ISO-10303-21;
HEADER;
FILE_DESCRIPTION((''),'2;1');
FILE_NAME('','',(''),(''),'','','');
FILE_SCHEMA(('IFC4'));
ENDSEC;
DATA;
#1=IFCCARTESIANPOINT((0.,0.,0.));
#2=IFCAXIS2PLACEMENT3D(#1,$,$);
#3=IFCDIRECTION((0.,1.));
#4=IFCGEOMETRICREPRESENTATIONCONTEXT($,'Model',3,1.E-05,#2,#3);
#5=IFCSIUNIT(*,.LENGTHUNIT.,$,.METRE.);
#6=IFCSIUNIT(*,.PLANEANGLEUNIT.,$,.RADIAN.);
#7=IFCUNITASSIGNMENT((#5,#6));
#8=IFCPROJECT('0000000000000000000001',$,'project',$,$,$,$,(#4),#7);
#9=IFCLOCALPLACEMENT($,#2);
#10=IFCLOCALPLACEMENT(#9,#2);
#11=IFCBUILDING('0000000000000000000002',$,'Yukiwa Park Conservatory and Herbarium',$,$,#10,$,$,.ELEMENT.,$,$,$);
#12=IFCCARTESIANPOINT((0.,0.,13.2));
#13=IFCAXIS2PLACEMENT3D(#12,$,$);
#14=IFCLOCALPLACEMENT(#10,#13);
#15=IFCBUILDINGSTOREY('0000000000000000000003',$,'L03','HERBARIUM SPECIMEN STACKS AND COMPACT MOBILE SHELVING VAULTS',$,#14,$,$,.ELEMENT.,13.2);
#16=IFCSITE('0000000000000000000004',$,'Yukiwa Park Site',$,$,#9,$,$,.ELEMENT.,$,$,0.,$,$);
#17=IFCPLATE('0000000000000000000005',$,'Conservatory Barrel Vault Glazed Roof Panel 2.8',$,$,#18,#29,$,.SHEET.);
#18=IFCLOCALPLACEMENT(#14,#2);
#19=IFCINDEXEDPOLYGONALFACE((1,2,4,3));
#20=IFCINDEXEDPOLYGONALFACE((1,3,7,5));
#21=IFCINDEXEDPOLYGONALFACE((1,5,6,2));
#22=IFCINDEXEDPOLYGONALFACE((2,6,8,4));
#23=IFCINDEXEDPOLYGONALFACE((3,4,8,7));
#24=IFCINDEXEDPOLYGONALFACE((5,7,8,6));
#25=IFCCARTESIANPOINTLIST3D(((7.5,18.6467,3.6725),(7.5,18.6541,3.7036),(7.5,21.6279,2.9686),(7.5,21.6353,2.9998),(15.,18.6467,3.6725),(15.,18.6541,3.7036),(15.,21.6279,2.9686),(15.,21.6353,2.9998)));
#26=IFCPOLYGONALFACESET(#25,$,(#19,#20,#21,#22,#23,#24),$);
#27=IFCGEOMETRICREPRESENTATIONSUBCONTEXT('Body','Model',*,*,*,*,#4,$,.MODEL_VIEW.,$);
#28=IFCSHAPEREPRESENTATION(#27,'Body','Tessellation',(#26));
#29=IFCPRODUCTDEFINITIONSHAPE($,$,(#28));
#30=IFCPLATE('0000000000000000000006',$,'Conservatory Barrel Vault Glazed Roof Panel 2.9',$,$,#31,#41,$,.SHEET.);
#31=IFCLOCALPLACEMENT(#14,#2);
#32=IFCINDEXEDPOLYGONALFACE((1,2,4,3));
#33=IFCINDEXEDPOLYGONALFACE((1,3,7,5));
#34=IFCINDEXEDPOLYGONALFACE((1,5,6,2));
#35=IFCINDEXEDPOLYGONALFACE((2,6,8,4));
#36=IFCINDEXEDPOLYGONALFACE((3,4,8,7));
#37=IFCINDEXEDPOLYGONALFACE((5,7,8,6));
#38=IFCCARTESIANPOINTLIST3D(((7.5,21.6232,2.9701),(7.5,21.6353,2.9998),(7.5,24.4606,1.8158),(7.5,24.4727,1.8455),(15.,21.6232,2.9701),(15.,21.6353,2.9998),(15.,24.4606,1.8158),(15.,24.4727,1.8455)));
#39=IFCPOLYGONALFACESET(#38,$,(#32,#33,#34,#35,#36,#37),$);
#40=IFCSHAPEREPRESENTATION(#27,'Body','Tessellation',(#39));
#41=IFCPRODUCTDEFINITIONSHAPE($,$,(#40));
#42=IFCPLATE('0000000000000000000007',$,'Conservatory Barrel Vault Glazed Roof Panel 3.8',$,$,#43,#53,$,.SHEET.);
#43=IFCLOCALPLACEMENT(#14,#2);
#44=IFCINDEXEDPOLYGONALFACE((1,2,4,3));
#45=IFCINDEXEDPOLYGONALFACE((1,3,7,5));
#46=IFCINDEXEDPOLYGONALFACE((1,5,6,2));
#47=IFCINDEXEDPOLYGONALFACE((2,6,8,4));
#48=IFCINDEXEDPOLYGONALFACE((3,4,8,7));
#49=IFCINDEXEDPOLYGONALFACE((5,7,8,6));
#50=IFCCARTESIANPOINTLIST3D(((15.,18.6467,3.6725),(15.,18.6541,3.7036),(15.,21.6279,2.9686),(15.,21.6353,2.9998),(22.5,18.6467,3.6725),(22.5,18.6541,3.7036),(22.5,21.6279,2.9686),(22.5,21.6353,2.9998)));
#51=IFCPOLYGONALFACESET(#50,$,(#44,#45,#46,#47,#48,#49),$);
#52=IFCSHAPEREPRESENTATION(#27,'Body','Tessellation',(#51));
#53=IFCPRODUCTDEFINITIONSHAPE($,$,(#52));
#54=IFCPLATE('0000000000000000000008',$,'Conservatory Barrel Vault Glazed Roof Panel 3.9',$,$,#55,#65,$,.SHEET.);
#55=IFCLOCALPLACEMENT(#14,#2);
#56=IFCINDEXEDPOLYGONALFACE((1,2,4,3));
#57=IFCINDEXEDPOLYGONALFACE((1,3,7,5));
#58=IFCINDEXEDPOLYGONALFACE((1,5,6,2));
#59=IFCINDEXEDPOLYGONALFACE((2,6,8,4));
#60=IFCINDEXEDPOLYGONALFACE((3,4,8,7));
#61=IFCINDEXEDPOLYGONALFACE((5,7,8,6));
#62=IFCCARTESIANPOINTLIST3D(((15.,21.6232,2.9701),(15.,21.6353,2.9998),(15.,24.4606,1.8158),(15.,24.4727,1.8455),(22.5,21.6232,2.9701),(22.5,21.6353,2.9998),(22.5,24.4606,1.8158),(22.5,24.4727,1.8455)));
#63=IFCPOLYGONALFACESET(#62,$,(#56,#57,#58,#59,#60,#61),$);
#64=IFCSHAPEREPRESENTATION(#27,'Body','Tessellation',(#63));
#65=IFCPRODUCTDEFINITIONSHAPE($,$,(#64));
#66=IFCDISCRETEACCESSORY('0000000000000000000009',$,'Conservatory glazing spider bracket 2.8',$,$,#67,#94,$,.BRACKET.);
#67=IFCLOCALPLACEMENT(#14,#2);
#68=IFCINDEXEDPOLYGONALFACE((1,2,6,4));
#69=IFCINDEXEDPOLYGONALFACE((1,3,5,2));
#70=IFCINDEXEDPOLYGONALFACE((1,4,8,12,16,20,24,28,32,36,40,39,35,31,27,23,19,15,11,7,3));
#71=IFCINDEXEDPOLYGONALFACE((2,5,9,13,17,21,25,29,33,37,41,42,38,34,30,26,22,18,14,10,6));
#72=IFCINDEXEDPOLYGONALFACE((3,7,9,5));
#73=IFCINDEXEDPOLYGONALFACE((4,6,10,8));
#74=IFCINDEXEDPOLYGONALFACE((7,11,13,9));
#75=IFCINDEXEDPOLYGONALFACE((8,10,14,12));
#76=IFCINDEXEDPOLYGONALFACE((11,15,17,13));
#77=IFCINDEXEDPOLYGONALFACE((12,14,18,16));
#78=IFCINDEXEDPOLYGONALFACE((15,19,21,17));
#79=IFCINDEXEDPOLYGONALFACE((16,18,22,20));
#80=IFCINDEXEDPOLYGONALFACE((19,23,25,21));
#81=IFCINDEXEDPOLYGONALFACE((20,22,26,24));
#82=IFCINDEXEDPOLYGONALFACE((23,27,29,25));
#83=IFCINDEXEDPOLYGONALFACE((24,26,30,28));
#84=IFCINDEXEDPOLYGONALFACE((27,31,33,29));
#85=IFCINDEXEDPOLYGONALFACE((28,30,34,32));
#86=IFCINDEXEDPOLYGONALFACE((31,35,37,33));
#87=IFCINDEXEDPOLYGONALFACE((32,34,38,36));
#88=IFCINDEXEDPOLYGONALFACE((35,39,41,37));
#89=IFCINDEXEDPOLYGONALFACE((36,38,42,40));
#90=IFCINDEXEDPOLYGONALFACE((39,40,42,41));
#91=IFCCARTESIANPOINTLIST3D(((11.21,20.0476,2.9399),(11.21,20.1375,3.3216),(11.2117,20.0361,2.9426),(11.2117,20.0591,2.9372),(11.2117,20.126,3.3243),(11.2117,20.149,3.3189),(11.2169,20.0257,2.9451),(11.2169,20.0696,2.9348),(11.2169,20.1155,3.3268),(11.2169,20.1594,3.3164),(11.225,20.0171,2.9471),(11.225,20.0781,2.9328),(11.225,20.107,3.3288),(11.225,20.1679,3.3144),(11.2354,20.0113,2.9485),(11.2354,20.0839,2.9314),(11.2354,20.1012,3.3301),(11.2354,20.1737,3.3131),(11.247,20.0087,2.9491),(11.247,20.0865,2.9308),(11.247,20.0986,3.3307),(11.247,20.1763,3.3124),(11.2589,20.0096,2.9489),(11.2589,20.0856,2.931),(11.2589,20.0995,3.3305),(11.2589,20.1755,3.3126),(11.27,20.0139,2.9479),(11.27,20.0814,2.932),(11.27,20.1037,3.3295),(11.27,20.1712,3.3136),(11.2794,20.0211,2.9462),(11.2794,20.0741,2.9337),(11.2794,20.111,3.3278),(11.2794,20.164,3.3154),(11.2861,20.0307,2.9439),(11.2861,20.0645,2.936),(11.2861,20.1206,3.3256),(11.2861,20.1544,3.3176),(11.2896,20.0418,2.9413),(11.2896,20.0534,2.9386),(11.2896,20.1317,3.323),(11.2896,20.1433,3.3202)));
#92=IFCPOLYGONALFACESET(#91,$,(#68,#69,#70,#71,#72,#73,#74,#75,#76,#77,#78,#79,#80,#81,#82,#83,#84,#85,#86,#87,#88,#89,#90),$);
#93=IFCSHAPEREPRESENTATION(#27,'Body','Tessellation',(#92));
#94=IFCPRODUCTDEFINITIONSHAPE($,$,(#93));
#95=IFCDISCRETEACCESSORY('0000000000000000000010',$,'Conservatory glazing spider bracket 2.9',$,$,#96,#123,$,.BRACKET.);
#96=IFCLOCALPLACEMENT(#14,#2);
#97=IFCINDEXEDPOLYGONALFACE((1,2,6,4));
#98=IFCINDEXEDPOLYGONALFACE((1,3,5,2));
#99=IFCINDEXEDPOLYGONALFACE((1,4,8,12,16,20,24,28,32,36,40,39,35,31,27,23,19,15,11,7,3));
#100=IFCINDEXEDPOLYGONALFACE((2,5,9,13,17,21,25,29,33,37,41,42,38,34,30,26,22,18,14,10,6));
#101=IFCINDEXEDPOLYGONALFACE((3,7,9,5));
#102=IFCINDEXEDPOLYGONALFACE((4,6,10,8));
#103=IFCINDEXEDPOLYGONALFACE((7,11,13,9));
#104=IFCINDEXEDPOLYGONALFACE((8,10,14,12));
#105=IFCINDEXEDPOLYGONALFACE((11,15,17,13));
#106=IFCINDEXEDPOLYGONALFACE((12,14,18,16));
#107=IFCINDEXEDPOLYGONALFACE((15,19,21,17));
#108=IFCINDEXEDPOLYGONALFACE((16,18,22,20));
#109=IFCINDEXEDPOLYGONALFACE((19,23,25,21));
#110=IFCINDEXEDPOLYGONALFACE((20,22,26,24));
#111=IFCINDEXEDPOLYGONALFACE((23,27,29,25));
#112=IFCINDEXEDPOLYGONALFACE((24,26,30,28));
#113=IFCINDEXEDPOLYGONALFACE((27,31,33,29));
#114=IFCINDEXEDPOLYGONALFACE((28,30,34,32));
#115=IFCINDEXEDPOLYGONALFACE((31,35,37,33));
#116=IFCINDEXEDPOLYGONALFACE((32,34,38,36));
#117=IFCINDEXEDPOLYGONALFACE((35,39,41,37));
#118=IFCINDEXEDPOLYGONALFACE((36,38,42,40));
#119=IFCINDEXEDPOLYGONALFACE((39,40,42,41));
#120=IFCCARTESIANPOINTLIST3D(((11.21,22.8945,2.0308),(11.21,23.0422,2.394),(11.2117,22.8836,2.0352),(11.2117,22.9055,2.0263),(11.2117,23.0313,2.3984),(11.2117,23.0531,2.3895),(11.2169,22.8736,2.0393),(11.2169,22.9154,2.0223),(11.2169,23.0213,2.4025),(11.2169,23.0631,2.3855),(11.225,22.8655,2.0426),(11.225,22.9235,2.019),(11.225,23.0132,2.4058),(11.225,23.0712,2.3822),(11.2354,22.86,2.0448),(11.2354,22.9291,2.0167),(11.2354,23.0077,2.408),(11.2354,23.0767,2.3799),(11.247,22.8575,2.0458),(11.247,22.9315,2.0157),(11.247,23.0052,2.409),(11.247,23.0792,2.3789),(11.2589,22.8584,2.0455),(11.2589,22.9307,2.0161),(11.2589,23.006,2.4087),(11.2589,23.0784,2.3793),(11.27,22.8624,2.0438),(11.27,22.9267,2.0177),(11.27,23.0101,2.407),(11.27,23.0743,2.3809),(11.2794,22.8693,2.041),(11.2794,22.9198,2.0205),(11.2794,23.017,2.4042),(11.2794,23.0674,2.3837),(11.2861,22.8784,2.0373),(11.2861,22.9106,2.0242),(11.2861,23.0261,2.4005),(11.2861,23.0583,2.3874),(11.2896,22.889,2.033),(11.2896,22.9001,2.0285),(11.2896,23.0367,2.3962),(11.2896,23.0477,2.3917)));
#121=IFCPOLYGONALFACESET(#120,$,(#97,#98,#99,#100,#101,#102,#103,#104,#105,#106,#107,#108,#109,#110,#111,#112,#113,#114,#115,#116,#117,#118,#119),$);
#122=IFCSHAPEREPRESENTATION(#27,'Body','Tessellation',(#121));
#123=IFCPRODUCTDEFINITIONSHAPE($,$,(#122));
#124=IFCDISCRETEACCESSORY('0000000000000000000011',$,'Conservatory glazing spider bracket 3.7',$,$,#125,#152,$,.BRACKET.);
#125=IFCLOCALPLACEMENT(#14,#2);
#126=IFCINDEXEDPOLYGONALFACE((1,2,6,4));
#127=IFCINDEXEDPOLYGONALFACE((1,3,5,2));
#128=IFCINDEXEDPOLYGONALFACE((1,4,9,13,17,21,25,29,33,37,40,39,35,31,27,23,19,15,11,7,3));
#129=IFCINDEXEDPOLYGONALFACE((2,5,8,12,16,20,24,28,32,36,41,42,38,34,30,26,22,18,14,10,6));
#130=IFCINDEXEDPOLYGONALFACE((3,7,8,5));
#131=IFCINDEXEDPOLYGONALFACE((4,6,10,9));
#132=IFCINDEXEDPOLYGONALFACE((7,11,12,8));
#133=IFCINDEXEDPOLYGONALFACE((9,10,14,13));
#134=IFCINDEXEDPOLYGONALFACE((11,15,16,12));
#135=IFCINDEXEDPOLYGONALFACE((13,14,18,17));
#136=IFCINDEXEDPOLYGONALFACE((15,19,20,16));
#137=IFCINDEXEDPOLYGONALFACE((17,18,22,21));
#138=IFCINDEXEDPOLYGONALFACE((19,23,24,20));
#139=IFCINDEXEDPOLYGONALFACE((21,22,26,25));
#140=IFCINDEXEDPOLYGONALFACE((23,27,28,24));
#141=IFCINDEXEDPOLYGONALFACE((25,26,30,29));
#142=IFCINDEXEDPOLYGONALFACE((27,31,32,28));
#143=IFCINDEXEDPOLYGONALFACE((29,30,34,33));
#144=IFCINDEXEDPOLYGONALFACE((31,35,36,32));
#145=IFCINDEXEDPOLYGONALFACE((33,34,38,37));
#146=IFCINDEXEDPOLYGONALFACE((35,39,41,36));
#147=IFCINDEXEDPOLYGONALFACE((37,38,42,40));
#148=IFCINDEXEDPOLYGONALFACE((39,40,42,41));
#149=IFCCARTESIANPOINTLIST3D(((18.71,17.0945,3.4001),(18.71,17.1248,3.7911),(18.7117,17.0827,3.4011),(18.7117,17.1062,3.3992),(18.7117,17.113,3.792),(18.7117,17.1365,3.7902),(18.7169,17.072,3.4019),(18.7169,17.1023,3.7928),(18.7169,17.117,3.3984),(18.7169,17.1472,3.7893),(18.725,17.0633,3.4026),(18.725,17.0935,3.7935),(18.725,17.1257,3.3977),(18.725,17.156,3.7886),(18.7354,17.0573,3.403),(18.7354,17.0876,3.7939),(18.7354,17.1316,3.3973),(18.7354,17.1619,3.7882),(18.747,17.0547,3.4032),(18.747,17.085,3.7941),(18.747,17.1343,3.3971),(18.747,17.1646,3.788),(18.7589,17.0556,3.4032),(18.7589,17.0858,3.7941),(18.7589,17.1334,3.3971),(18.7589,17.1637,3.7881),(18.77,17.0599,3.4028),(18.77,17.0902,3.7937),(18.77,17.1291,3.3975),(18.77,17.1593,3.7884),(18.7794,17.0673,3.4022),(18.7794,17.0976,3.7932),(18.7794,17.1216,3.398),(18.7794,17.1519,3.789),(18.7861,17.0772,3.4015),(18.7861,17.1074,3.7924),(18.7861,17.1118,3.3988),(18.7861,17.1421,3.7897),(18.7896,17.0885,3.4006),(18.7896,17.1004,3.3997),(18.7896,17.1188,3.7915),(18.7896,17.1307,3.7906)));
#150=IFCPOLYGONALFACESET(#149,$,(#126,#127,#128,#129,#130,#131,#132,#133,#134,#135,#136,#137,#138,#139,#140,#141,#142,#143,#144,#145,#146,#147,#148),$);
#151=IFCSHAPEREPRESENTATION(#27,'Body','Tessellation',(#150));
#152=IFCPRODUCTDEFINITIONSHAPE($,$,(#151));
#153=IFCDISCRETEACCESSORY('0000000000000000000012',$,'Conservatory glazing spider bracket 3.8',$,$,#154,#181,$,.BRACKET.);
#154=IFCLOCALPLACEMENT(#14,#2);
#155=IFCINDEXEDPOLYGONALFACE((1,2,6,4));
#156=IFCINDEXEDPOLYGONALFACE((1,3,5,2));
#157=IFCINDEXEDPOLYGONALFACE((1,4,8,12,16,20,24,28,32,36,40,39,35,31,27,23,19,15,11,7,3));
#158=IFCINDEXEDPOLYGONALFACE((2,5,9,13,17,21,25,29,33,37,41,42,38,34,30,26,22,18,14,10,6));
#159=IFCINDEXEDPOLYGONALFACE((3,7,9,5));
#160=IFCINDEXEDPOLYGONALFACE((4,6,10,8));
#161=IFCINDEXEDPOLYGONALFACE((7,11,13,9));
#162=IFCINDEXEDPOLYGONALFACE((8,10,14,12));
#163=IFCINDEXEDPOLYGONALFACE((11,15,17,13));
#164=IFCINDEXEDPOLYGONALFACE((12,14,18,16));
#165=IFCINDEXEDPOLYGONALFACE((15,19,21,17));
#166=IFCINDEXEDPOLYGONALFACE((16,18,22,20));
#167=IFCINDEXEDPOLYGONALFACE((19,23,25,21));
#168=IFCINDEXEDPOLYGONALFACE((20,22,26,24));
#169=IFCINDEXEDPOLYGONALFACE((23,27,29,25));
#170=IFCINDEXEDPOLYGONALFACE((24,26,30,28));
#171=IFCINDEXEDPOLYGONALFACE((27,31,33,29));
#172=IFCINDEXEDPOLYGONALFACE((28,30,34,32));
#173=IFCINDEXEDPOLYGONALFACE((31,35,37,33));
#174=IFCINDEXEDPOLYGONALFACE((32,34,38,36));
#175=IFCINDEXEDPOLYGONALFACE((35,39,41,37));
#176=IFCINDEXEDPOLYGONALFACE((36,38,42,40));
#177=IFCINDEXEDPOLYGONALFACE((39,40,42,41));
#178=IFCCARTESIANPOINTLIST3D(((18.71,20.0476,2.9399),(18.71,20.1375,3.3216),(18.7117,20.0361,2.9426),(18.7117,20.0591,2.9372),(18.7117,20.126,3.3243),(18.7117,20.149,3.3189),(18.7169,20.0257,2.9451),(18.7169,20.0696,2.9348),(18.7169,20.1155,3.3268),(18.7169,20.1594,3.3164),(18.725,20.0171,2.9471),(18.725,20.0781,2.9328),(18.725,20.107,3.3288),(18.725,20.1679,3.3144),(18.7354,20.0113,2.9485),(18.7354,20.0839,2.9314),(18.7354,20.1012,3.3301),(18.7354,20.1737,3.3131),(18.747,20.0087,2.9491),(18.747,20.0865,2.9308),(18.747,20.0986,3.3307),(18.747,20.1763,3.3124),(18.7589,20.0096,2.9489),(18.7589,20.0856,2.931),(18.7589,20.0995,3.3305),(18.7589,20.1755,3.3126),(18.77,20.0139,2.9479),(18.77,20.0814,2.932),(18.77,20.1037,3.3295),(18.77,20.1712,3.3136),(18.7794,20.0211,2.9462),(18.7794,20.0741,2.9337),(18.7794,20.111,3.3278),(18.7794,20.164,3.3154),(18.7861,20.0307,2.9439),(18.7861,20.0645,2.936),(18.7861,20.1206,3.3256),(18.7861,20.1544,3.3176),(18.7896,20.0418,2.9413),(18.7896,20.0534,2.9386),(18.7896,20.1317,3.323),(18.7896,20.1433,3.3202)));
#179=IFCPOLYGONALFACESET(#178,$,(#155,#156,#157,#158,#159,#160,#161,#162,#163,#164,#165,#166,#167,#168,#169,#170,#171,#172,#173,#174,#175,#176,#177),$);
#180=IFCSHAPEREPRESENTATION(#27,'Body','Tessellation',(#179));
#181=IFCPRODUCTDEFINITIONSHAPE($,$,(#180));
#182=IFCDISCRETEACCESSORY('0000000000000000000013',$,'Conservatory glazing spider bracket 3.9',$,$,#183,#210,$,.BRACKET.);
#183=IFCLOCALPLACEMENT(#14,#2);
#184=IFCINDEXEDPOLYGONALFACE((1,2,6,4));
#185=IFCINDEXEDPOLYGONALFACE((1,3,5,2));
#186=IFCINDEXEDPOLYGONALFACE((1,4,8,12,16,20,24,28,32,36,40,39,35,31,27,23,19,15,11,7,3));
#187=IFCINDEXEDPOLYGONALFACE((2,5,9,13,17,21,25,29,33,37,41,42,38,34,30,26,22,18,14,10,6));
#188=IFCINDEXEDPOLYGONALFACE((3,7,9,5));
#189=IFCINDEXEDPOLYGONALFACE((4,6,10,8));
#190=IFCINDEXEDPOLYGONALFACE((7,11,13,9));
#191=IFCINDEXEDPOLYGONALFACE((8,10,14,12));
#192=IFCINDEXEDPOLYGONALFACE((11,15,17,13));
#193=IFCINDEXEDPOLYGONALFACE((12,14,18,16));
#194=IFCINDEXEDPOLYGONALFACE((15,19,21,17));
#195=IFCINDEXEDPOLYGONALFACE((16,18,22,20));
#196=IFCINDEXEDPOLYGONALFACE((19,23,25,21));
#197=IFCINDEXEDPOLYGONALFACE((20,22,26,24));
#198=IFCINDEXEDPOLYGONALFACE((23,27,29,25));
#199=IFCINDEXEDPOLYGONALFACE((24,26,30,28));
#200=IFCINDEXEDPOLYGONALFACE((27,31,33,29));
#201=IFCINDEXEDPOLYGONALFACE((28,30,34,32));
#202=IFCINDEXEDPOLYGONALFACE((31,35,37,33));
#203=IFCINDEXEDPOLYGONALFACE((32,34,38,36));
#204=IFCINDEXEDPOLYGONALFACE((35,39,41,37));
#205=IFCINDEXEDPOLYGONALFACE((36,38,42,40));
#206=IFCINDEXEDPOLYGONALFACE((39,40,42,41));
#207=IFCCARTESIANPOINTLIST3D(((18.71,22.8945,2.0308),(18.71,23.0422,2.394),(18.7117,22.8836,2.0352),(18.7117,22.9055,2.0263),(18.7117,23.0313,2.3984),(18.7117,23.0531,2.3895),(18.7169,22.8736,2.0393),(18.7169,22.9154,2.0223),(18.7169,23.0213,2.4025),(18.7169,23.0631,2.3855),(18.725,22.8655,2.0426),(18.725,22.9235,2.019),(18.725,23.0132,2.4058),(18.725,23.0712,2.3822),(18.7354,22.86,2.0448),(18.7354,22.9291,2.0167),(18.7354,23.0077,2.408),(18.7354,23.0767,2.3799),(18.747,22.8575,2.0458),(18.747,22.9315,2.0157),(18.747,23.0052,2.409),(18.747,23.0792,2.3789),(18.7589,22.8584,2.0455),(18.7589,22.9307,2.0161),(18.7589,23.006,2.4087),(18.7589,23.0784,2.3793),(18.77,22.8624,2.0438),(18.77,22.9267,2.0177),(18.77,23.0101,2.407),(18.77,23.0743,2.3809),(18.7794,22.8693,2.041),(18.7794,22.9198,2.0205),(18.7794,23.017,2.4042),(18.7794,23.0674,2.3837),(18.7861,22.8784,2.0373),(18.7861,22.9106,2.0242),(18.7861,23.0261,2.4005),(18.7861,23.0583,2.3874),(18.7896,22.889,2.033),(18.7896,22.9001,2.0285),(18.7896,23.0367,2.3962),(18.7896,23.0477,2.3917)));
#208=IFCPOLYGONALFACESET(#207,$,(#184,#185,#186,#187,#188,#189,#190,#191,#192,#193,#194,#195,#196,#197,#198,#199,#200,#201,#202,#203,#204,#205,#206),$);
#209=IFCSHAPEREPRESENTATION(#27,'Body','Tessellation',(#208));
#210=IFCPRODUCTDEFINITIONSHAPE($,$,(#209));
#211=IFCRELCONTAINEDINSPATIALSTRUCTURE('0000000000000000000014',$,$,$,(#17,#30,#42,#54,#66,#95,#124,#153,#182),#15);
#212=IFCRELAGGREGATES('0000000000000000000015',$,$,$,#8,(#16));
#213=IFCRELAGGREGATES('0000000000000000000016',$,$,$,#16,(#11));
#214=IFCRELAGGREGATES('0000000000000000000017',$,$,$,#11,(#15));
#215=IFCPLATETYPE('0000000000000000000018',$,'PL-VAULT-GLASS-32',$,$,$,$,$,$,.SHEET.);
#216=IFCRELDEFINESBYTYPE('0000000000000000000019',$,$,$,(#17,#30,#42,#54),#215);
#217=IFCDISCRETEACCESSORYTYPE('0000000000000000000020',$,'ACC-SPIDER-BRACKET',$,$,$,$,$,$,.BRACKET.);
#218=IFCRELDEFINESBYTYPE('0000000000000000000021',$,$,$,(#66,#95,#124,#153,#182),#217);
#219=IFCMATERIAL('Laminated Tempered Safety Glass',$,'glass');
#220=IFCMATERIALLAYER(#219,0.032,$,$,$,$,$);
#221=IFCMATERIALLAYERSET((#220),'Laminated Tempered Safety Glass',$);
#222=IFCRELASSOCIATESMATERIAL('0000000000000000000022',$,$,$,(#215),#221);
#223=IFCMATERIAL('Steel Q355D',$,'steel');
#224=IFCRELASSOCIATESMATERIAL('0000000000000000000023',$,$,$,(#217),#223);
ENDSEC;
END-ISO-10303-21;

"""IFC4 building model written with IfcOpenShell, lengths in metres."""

from ifc_helpers import new_model, si_unit, direction, frame, origin, origin_2d, place, context, subcontext, project, spatial, polyline, circle, outline, extrude, material, layer, layer_set, type_object, element, save


model = new_model("IFC4")

# Units and contexts
model_context = context("Model", 3, precision=1e-05, world=origin(), true_north=direction((0.0, 1.0)))
body_context = subcontext(model_context, "Body", "Model", "MODEL_VIEW")
ifc_project = project(units=[si_unit("LENGTHUNIT", "METRE"), si_unit("PLANEANGLEUNIT", "RADIAN")], contexts=[model_context])

# Site, building, storey
site_placement = place(None, origin())
site = spatial("IfcSite", under=ifc_project, at=site_placement, Name="Yukiwa Park Site", CompositionType="ELEMENT", RefElevation=0.0)
building_placement = place(site_placement, origin())
building = spatial("IfcBuilding", under=site, at=building_placement, Name="Yukiwa Park Conservatory and Herbarium", CompositionType="ELEMENT")
storey_placement = place(building_placement, frame((0.0, 0.0, 13.2)))
storey = spatial("IfcBuildingStorey", under=building, at=storey_placement, Name="L03", Description="HERBARIUM SPECIMEN STACKS AND COMPACT MOBILE SHELVING VAULTS", CompositionType="ELEMENT", Elevation=13.2)

# Plates
ifc_material_1 = material(Name="Laminated Tempered Safety Glass", Category="glass")
ifc_layer_1 = layer(ifc_material_1, 0.032)
ifc_layer_set_1 = layer_set([ifc_layer_1], Name="Laminated Tempered Safety Glass")
plate_type_1 = type_object("IfcPlateType", Name="PL-VAULT-GLASS-32", PredefinedType="SHEET", material=ifc_layer_set_1)
plate_1_placement = place(storey_placement, frame((7.5, 18.6541, 3.7036), z_axis=(0.0, 0.229781, 0.973242), x_axis=(1.0, 0.0, 0.0)))
element("IfcPlate", 1, at=plate_1_placement, inside=storey, type_object=plate_type_1, Name="Conservatory Barrel Vault Glazed Roof Panel 2.8", PredefinedType="SHEET", context=body_context, shape_type="SweptSolid", body=[
    extrude(outline(polyline([(0.0, 0.0), (7.5, 0.0), (7.5, 3.0632), (0.0, 3.0632), (0.0, 0.0)])), origin(), (0.0, 0.0, -1.0), 0.032),
])
plate_2_placement = place(storey_placement, frame((7.5, 21.6353, 2.9998), z_axis=(0.0, 0.376826, 0.926284), x_axis=(1.0, 0.0, 0.0)))
element("IfcPlate", 2, at=plate_2_placement, inside=storey, type_object=plate_type_1, Name="Conservatory Barrel Vault Glazed Roof Panel 2.9", PredefinedType="SHEET", context=body_context, shape_type="SweptSolid", body=[
    extrude(outline(polyline([(0.0, 0.0), (7.5, 0.0), (7.5, 3.0632), (0.0, 3.0632), (0.0, 0.0)])), origin(), (0.0, 0.0, -1.0), 0.032),
])
plate_3_placement = place(storey_placement, frame((15.0, 18.6541, 3.7036), z_axis=(0.0, 0.229781, 0.973242), x_axis=(1.0, 0.0, 0.0)))
element("IfcPlate", 3, at=plate_3_placement, inside=storey, type_object=plate_type_1, Name="Conservatory Barrel Vault Glazed Roof Panel 3.8", PredefinedType="SHEET", context=body_context, shape_type="SweptSolid", body=[
    extrude(outline(polyline([(0.0, 0.0), (7.5, 0.0), (7.5, 3.0632), (0.0, 3.0632), (0.0, 0.0)])), origin(), (0.0, 0.0, -1.0), 0.032),
])
plate_4_placement = place(storey_placement, frame((15.0, 21.6353, 2.9998), z_axis=(0.0, 0.376826, 0.926284), x_axis=(1.0, 0.0, 0.0)))
element("IfcPlate", 4, at=plate_4_placement, inside=storey, type_object=plate_type_1, Name="Conservatory Barrel Vault Glazed Roof Panel 3.9", PredefinedType="SHEET", context=body_context, shape_type="SweptSolid", body=[
    extrude(outline(polyline([(0.0, 0.0), (7.5, 0.0), (7.5, 3.0632), (0.0, 3.0632), (0.0, 0.0)])), origin(), (0.0, 0.0, -1.0), 0.032),
])

# Discrete accessories
ifc_material_2 = material(Name="Steel Q355D", Category="steel")
discrete_accessory_type = type_object("IfcDiscreteAccessoryType", Name="ACC-SPIDER-BRACKET", PredefinedType="BRACKET", material=ifc_material_2)
for number, where, z_axis, x_axis, name in (
    (5, (11.25, 20.0476, 2.9399), (0.0, 0.229178, 0.973384), (-1.0, 0.0, 0.0), "Conservatory glazing spider bracket 2.8"),
    (6, (11.25, 22.8945, 2.0308), (0.0, 0.376644, 0.926358), (-1.0, 0.0, 0.0), "Conservatory glazing spider bracket 2.9"),
    (7, (18.75, 17.0945, 3.4001), (0.0, 0.07722, 0.997014), (-1.0, 0.0, 0.0), "Conservatory glazing spider bracket 3.7"),
    (8, (18.75, 20.0476, 2.9399), (0.0, 0.229178, 0.973384), (-1.0, 0.0, 0.0), "Conservatory glazing spider bracket 3.8"),
    (9, (18.75, 22.8945, 2.0308), (0.0, 0.376644, 0.926358), (-1.0, 0.0, 0.0), "Conservatory glazing spider bracket 3.9"),
):
    element("IfcDiscreteAccessory", number, at=place(storey_placement, frame(where, z_axis=z_axis, x_axis=x_axis)), inside=storey, type_object=discrete_accessory_type, Name=name, PredefinedType="BRACKET", context=body_context, shape_type="SweptSolid", body=[
        extrude(circle(Radius=0.04, at=origin_2d()), origin(), (0.0, 0.0, 1.0), 0.3921),
    ])

save(model, "model.ifc")
